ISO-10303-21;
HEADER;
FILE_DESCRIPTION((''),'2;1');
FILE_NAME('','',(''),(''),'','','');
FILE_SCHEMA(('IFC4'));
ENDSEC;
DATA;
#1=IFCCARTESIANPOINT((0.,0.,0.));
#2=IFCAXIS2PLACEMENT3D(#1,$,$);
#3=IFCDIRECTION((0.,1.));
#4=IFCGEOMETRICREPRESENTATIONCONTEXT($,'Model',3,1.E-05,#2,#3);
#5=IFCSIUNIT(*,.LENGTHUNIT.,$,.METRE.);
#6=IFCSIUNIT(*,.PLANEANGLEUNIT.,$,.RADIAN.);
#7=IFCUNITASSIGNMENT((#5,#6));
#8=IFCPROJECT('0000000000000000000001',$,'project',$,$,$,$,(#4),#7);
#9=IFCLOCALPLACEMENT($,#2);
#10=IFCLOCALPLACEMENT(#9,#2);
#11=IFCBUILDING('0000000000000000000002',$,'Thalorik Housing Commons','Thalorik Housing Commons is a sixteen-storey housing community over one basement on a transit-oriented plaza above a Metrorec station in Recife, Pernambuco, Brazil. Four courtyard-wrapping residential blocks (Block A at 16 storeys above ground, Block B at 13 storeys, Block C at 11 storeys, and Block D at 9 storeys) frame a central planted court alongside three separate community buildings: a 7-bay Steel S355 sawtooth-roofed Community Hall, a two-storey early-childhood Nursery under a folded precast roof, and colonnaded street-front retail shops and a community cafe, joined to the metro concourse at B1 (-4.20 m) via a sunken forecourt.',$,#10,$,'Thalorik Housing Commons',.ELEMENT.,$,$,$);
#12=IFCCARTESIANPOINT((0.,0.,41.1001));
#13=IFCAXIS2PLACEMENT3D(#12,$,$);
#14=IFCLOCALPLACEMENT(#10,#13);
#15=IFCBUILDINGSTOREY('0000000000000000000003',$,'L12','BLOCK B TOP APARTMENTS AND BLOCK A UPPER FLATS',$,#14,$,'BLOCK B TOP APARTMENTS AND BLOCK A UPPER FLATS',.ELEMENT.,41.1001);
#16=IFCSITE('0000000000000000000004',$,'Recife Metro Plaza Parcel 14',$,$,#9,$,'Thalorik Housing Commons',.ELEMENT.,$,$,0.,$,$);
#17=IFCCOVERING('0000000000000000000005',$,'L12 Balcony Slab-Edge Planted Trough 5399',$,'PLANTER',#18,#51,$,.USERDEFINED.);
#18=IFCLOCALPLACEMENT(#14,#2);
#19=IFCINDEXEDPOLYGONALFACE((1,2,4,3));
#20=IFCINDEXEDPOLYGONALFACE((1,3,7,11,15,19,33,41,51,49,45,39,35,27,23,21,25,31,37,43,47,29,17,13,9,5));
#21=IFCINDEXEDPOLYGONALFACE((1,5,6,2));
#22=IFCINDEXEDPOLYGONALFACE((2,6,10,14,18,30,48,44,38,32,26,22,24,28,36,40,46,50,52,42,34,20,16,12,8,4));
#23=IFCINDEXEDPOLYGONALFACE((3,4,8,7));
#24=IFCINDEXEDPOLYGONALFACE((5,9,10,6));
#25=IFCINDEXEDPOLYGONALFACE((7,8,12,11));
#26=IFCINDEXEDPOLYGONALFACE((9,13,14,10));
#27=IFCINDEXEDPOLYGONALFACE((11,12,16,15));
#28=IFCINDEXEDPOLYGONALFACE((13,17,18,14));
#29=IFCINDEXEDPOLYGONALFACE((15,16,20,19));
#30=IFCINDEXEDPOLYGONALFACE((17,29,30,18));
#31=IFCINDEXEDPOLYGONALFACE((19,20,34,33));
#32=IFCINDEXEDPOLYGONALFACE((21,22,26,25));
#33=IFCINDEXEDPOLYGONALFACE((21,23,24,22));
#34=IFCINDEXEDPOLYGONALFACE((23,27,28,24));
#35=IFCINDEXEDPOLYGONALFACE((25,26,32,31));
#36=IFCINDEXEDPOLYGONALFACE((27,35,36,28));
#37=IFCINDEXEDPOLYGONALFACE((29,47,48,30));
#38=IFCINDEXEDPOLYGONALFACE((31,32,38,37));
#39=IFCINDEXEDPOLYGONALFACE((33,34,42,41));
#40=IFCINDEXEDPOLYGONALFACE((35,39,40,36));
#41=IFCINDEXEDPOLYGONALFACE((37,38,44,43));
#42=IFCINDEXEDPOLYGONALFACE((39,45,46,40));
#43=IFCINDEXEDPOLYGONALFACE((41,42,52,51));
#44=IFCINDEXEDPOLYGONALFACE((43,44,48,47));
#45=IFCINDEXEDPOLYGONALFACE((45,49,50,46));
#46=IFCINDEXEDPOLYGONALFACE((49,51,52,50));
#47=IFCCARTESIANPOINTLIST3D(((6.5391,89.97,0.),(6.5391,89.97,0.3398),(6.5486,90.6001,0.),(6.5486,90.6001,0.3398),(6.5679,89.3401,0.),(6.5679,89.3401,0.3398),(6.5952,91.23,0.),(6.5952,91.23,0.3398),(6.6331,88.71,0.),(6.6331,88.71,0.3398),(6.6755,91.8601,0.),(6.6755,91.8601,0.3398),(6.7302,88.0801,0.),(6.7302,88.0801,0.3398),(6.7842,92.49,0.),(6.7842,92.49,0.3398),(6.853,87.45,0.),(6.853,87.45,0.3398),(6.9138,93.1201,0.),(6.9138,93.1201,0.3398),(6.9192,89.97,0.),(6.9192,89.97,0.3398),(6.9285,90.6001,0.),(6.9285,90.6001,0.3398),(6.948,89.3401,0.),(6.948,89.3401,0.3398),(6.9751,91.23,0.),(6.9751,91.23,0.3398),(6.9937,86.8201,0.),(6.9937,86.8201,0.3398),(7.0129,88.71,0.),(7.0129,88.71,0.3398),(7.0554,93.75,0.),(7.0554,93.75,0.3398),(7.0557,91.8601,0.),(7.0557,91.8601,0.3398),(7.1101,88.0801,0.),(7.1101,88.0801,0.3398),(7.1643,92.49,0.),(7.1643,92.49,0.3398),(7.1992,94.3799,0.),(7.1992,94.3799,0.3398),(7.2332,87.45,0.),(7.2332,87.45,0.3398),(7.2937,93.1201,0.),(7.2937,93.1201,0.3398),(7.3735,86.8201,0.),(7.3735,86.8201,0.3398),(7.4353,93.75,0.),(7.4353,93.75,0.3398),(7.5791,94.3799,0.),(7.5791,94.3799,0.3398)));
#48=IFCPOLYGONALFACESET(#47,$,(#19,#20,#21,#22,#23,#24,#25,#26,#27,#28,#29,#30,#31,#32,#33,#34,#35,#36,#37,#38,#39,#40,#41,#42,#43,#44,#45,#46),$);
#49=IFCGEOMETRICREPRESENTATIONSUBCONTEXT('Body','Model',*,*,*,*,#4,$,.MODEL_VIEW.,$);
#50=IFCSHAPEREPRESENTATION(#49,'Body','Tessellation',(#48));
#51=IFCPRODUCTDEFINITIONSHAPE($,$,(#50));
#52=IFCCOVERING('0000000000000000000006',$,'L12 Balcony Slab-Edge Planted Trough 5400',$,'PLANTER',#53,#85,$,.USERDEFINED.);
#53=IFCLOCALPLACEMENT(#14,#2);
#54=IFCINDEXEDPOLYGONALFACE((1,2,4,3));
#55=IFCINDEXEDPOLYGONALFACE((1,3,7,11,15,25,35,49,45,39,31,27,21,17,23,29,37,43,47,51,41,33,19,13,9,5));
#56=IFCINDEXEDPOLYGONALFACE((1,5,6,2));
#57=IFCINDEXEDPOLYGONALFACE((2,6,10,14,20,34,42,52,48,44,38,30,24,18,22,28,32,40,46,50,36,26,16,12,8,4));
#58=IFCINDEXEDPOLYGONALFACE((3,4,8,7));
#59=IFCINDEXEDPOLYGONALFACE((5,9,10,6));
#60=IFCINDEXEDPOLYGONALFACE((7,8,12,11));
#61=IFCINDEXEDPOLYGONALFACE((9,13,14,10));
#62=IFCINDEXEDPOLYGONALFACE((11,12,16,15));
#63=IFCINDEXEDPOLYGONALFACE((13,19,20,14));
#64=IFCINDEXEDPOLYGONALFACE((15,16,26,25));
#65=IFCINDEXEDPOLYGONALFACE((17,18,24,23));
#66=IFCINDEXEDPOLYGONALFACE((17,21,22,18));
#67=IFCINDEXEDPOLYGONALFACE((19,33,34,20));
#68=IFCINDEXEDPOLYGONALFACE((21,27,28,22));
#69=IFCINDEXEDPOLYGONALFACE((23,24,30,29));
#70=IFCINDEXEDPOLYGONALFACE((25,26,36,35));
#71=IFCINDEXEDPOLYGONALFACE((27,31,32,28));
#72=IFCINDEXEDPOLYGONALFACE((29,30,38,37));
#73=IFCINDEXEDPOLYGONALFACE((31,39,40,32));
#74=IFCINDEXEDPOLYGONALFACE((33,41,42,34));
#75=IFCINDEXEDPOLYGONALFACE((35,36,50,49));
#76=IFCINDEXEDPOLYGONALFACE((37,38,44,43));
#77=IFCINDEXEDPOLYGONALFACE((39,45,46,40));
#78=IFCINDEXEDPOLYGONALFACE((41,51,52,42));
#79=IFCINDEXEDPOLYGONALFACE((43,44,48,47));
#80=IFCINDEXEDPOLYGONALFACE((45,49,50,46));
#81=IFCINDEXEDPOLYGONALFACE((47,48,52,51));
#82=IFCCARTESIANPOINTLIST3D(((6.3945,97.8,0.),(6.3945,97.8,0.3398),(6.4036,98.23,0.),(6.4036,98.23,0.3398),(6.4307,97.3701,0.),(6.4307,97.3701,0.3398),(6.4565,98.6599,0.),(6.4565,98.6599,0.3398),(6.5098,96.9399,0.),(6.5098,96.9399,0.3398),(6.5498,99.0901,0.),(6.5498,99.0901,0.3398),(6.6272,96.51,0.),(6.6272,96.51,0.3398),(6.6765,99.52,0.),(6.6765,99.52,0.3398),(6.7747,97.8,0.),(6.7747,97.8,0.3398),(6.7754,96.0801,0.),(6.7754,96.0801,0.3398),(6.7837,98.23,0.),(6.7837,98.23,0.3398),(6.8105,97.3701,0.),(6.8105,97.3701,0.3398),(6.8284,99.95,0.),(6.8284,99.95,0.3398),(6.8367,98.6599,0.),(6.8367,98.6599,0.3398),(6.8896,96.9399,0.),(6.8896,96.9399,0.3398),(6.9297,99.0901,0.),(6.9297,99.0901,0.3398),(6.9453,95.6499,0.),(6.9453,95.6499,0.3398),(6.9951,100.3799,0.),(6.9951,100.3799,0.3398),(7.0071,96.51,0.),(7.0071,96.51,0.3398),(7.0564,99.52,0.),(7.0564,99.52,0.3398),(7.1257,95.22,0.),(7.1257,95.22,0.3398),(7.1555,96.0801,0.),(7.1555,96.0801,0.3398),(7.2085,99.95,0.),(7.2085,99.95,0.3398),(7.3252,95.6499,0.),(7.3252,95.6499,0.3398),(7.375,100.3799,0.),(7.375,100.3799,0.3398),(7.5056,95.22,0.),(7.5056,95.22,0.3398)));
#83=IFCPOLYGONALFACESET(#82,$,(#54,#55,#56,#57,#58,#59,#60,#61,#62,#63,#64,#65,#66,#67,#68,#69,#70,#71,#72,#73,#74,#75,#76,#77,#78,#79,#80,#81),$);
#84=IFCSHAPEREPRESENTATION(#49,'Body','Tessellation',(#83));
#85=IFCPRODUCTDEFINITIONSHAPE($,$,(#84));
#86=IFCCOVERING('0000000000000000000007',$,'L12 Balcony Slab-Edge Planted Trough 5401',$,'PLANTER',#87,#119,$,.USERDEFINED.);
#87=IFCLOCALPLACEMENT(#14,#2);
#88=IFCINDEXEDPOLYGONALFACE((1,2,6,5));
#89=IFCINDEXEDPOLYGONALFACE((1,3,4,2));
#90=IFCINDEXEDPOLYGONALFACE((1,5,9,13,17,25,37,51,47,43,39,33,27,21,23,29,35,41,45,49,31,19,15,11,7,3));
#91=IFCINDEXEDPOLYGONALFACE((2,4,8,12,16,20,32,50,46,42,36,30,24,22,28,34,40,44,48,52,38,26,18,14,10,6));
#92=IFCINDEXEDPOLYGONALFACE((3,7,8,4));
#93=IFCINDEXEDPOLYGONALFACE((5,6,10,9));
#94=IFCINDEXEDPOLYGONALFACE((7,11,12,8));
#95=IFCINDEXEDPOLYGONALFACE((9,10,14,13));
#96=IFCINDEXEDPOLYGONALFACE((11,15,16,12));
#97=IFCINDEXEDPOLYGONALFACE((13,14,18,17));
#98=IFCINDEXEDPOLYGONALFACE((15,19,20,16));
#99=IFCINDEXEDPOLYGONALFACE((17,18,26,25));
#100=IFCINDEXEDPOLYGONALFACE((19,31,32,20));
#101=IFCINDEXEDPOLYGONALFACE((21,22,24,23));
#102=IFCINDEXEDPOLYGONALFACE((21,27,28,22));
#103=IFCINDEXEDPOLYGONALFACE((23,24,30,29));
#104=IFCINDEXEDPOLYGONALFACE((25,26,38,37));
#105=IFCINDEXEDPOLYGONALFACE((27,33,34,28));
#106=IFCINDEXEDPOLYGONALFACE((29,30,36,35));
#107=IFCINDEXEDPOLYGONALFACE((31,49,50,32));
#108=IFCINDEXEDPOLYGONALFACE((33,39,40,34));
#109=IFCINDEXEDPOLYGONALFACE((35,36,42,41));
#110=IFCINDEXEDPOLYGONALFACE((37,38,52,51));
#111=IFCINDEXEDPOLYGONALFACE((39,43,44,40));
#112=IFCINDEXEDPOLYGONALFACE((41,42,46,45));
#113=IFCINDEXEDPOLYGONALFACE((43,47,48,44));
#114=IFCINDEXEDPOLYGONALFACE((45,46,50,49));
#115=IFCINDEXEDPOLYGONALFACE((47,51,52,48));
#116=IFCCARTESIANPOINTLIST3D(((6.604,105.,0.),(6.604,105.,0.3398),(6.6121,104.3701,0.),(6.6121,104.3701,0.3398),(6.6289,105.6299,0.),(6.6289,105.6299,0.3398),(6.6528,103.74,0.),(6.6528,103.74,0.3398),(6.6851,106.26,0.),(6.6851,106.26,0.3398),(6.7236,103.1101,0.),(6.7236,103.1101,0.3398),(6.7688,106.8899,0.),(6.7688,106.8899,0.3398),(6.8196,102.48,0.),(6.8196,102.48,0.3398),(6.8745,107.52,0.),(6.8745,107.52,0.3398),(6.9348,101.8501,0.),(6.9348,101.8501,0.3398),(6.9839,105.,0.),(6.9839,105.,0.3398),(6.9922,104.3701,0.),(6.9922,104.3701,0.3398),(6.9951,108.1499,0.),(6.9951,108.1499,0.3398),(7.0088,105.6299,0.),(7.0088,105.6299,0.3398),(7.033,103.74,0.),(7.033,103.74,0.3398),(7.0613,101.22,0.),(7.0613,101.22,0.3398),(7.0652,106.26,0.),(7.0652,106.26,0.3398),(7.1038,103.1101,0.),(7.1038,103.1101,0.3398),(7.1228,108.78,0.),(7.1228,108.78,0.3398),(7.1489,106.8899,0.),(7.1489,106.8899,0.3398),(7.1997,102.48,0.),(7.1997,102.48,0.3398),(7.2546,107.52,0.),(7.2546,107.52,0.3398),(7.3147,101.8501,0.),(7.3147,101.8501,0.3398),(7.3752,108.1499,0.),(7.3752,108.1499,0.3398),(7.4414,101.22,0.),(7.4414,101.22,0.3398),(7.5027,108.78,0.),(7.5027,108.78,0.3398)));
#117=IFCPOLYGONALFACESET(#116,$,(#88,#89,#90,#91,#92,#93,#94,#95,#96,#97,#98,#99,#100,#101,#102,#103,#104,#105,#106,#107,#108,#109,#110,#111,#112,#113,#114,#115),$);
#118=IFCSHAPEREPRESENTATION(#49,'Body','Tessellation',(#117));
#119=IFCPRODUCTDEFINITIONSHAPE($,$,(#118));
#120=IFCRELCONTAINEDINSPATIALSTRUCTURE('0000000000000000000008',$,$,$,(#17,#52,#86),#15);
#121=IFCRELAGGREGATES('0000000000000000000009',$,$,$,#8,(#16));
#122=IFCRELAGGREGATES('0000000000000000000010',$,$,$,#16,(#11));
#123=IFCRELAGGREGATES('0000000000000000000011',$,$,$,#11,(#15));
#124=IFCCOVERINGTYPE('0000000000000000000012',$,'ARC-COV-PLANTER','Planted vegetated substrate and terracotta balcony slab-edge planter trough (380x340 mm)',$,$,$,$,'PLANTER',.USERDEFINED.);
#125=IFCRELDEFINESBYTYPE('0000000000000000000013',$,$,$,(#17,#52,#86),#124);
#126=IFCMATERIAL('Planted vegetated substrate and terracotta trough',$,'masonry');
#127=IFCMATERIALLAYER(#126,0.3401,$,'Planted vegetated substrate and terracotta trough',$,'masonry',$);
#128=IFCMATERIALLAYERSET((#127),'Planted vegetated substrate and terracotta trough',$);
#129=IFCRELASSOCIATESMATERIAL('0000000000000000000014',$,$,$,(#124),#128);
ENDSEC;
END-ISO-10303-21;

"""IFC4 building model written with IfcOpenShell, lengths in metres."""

from ifc_helpers import new_model, si_unit, direction, frame, origin, place, context, subcontext, project, spatial, polyline, outline, extrude, material, layer, layer_set, type_object, element, save


model = new_model("IFC4")

# Units and contexts
model_context = context("Model", 3, precision=1e-05, world=origin(), true_north=direction((0.0, 1.0)))
body_context = subcontext(model_context, "Body", "Model", "MODEL_VIEW")
ifc_project = project(units=[si_unit("LENGTHUNIT", "METRE"), si_unit("PLANEANGLEUNIT", "RADIAN")], contexts=[model_context])

# Site, building, storey
site_placement = place(None, origin())
site = spatial("IfcSite", under=ifc_project, at=site_placement, Name="Recife Metro Plaza Parcel 14", LongName="Thalorik Housing Commons", CompositionType="ELEMENT", RefElevation=0.0)
building_placement = place(site_placement, origin())
building = spatial("IfcBuilding", under=site, at=building_placement, Name="Thalorik Housing Commons", Description="Thalorik Housing Commons is a sixteen-storey housing community over one basement on a transit-oriented plaza above a Metrorec station in Recife, Pernambuco, Brazil. Four courtyard-wrapping residential blocks (Block A at 16 storeys above ground, Block B at 13 storeys, Block C at 11 storeys, and Block D at 9 storeys) frame a central planted court alongside three separate community buildings: a 7-bay Steel S355 sawtooth-roofed Community Hall, a two-storey early-childhood Nursery under a folded precast roof, and colonnaded street-front retail shops and a community cafe, joined to the metro concourse at B1 (-4.20 m) via a sunken forecourt.", LongName="Thalorik Housing Commons", CompositionType="ELEMENT")
storey_placement = place(building_placement, frame((0.0, 0.0, 41.1001)))
storey = spatial("IfcBuildingStorey", under=building, at=storey_placement, Name="L12", Description="BLOCK B TOP APARTMENTS AND BLOCK A UPPER FLATS", LongName="BLOCK B TOP APARTMENTS AND BLOCK A UPPER FLATS", CompositionType="ELEMENT", Elevation=41.1001)

# Coverings
ifc_material_1 = material(Name="Planted vegetated substrate and terracotta trough", Category="masonry")
ifc_layer_1 = layer(ifc_material_1, 0.3401, Name="Planted vegetated substrate and terracotta trough", Category="masonry")
ifc_layer_set_1 = layer_set([ifc_layer_1], Name="Planted vegetated substrate and terracotta trough")
covering_type = type_object("IfcCoveringType", Name="ARC-COV-PLANTER", Description="Planted vegetated substrate and terracotta balcony slab-edge planter trough (380x340 mm)", ElementType="PLANTER", PredefinedType="USERDEFINED", material=ifc_layer_set_1)
covering_1_placement = place(storey_placement, origin())
element("IfcCovering", 1, at=covering_1_placement, inside=storey, type_object=covering_type, Name="L12 Balcony Slab-Edge Planted Trough 5399", ObjectType="PLANTER", PredefinedType="USERDEFINED", context=body_context, shape_type="SweptSolid", body=[
    extrude(outline(polyline([(7.1992, 94.3799), (7.0554, 93.75), (6.9138, 93.1201), (6.7842, 92.49), (6.6755, 91.8601), (6.5952, 91.23), (6.5486, 90.6001), (6.5391, 89.97), (6.5679, 89.3401), (6.6331, 88.71), (6.7302, 88.0801), (6.853, 87.45), (6.9937, 86.8201), (7.3735, 86.8201), (7.2332, 87.45), (7.1101, 88.0801), (7.0129, 88.71), (6.948, 89.3401), (6.9192, 89.97), (6.9285, 90.6001), (6.9751, 91.23), (7.0557, 91.8601), (7.1643, 92.49), (7.2937, 93.1201), (7.4353, 93.75), (7.5791, 94.3799), (7.1992, 94.3799)])), origin(), (0.0, 0.0, 1.0), 0.3398),
])
covering_2_placement = place(storey_placement, origin())
element("IfcCovering", 2, at=covering_2_placement, inside=storey, type_object=covering_type, Name="L12 Balcony Slab-Edge Planted Trough 5400", ObjectType="PLANTER", PredefinedType="USERDEFINED", context=body_context, shape_type="SweptSolid", body=[
    extrude(outline(polyline([(6.9951, 100.3799), (6.8284, 99.95), (6.6765, 99.52), (6.5498, 99.0901), (6.4565, 98.6599), (6.4036, 98.23), (6.3945, 97.8), (6.4307, 97.3701), (6.5098, 96.9399), (6.6272, 96.51), (6.7754, 96.0801), (6.9453, 95.6499), (7.1257, 95.22), (7.5056, 95.22), (7.3252, 95.6499), (7.1555, 96.0801), (7.0071, 96.51), (6.8896, 96.9399), (6.8105, 97.3701), (6.7747, 97.8), (6.7837, 98.23), (6.8367, 98.6599), (6.9297, 99.0901), (7.0564, 99.52), (7.2085, 99.95), (7.375, 100.3799), (6.9951, 100.3799)])), origin(), (0.0, 0.0, 1.0), 0.3398),
])
covering_3_placement = place(storey_placement, origin())
element("IfcCovering", 3, at=covering_3_placement, inside=storey, type_object=covering_type, Name="L12 Balcony Slab-Edge Planted Trough 5401", ObjectType="PLANTER", PredefinedType="USERDEFINED", context=body_context, shape_type="SweptSolid", body=[
    extrude(outline(polyline([(7.1228, 108.78), (6.9951, 108.1499), (6.8745, 107.52), (6.7688, 106.8899), (6.6851, 106.26), (6.6289, 105.6299), (6.604, 105.0), (6.6121, 104.3701), (6.6528, 103.74), (6.7236, 103.1101), (6.8196, 102.48), (6.9348, 101.8501), (7.0613, 101.22), (7.4414, 101.22), (7.3147, 101.8501), (7.1997, 102.48), (7.1038, 103.1101), (7.033, 103.74), (6.9922, 104.3701), (6.9839, 105.0), (7.0088, 105.6299), (7.0652, 106.26), (7.1489, 106.8899), (7.2546, 107.52), (7.3752, 108.1499), (7.5027, 108.78), (7.1228, 108.78)])), origin(), (0.0, 0.0, 1.0), 0.3398),
])

save(model, "model.ifc")
